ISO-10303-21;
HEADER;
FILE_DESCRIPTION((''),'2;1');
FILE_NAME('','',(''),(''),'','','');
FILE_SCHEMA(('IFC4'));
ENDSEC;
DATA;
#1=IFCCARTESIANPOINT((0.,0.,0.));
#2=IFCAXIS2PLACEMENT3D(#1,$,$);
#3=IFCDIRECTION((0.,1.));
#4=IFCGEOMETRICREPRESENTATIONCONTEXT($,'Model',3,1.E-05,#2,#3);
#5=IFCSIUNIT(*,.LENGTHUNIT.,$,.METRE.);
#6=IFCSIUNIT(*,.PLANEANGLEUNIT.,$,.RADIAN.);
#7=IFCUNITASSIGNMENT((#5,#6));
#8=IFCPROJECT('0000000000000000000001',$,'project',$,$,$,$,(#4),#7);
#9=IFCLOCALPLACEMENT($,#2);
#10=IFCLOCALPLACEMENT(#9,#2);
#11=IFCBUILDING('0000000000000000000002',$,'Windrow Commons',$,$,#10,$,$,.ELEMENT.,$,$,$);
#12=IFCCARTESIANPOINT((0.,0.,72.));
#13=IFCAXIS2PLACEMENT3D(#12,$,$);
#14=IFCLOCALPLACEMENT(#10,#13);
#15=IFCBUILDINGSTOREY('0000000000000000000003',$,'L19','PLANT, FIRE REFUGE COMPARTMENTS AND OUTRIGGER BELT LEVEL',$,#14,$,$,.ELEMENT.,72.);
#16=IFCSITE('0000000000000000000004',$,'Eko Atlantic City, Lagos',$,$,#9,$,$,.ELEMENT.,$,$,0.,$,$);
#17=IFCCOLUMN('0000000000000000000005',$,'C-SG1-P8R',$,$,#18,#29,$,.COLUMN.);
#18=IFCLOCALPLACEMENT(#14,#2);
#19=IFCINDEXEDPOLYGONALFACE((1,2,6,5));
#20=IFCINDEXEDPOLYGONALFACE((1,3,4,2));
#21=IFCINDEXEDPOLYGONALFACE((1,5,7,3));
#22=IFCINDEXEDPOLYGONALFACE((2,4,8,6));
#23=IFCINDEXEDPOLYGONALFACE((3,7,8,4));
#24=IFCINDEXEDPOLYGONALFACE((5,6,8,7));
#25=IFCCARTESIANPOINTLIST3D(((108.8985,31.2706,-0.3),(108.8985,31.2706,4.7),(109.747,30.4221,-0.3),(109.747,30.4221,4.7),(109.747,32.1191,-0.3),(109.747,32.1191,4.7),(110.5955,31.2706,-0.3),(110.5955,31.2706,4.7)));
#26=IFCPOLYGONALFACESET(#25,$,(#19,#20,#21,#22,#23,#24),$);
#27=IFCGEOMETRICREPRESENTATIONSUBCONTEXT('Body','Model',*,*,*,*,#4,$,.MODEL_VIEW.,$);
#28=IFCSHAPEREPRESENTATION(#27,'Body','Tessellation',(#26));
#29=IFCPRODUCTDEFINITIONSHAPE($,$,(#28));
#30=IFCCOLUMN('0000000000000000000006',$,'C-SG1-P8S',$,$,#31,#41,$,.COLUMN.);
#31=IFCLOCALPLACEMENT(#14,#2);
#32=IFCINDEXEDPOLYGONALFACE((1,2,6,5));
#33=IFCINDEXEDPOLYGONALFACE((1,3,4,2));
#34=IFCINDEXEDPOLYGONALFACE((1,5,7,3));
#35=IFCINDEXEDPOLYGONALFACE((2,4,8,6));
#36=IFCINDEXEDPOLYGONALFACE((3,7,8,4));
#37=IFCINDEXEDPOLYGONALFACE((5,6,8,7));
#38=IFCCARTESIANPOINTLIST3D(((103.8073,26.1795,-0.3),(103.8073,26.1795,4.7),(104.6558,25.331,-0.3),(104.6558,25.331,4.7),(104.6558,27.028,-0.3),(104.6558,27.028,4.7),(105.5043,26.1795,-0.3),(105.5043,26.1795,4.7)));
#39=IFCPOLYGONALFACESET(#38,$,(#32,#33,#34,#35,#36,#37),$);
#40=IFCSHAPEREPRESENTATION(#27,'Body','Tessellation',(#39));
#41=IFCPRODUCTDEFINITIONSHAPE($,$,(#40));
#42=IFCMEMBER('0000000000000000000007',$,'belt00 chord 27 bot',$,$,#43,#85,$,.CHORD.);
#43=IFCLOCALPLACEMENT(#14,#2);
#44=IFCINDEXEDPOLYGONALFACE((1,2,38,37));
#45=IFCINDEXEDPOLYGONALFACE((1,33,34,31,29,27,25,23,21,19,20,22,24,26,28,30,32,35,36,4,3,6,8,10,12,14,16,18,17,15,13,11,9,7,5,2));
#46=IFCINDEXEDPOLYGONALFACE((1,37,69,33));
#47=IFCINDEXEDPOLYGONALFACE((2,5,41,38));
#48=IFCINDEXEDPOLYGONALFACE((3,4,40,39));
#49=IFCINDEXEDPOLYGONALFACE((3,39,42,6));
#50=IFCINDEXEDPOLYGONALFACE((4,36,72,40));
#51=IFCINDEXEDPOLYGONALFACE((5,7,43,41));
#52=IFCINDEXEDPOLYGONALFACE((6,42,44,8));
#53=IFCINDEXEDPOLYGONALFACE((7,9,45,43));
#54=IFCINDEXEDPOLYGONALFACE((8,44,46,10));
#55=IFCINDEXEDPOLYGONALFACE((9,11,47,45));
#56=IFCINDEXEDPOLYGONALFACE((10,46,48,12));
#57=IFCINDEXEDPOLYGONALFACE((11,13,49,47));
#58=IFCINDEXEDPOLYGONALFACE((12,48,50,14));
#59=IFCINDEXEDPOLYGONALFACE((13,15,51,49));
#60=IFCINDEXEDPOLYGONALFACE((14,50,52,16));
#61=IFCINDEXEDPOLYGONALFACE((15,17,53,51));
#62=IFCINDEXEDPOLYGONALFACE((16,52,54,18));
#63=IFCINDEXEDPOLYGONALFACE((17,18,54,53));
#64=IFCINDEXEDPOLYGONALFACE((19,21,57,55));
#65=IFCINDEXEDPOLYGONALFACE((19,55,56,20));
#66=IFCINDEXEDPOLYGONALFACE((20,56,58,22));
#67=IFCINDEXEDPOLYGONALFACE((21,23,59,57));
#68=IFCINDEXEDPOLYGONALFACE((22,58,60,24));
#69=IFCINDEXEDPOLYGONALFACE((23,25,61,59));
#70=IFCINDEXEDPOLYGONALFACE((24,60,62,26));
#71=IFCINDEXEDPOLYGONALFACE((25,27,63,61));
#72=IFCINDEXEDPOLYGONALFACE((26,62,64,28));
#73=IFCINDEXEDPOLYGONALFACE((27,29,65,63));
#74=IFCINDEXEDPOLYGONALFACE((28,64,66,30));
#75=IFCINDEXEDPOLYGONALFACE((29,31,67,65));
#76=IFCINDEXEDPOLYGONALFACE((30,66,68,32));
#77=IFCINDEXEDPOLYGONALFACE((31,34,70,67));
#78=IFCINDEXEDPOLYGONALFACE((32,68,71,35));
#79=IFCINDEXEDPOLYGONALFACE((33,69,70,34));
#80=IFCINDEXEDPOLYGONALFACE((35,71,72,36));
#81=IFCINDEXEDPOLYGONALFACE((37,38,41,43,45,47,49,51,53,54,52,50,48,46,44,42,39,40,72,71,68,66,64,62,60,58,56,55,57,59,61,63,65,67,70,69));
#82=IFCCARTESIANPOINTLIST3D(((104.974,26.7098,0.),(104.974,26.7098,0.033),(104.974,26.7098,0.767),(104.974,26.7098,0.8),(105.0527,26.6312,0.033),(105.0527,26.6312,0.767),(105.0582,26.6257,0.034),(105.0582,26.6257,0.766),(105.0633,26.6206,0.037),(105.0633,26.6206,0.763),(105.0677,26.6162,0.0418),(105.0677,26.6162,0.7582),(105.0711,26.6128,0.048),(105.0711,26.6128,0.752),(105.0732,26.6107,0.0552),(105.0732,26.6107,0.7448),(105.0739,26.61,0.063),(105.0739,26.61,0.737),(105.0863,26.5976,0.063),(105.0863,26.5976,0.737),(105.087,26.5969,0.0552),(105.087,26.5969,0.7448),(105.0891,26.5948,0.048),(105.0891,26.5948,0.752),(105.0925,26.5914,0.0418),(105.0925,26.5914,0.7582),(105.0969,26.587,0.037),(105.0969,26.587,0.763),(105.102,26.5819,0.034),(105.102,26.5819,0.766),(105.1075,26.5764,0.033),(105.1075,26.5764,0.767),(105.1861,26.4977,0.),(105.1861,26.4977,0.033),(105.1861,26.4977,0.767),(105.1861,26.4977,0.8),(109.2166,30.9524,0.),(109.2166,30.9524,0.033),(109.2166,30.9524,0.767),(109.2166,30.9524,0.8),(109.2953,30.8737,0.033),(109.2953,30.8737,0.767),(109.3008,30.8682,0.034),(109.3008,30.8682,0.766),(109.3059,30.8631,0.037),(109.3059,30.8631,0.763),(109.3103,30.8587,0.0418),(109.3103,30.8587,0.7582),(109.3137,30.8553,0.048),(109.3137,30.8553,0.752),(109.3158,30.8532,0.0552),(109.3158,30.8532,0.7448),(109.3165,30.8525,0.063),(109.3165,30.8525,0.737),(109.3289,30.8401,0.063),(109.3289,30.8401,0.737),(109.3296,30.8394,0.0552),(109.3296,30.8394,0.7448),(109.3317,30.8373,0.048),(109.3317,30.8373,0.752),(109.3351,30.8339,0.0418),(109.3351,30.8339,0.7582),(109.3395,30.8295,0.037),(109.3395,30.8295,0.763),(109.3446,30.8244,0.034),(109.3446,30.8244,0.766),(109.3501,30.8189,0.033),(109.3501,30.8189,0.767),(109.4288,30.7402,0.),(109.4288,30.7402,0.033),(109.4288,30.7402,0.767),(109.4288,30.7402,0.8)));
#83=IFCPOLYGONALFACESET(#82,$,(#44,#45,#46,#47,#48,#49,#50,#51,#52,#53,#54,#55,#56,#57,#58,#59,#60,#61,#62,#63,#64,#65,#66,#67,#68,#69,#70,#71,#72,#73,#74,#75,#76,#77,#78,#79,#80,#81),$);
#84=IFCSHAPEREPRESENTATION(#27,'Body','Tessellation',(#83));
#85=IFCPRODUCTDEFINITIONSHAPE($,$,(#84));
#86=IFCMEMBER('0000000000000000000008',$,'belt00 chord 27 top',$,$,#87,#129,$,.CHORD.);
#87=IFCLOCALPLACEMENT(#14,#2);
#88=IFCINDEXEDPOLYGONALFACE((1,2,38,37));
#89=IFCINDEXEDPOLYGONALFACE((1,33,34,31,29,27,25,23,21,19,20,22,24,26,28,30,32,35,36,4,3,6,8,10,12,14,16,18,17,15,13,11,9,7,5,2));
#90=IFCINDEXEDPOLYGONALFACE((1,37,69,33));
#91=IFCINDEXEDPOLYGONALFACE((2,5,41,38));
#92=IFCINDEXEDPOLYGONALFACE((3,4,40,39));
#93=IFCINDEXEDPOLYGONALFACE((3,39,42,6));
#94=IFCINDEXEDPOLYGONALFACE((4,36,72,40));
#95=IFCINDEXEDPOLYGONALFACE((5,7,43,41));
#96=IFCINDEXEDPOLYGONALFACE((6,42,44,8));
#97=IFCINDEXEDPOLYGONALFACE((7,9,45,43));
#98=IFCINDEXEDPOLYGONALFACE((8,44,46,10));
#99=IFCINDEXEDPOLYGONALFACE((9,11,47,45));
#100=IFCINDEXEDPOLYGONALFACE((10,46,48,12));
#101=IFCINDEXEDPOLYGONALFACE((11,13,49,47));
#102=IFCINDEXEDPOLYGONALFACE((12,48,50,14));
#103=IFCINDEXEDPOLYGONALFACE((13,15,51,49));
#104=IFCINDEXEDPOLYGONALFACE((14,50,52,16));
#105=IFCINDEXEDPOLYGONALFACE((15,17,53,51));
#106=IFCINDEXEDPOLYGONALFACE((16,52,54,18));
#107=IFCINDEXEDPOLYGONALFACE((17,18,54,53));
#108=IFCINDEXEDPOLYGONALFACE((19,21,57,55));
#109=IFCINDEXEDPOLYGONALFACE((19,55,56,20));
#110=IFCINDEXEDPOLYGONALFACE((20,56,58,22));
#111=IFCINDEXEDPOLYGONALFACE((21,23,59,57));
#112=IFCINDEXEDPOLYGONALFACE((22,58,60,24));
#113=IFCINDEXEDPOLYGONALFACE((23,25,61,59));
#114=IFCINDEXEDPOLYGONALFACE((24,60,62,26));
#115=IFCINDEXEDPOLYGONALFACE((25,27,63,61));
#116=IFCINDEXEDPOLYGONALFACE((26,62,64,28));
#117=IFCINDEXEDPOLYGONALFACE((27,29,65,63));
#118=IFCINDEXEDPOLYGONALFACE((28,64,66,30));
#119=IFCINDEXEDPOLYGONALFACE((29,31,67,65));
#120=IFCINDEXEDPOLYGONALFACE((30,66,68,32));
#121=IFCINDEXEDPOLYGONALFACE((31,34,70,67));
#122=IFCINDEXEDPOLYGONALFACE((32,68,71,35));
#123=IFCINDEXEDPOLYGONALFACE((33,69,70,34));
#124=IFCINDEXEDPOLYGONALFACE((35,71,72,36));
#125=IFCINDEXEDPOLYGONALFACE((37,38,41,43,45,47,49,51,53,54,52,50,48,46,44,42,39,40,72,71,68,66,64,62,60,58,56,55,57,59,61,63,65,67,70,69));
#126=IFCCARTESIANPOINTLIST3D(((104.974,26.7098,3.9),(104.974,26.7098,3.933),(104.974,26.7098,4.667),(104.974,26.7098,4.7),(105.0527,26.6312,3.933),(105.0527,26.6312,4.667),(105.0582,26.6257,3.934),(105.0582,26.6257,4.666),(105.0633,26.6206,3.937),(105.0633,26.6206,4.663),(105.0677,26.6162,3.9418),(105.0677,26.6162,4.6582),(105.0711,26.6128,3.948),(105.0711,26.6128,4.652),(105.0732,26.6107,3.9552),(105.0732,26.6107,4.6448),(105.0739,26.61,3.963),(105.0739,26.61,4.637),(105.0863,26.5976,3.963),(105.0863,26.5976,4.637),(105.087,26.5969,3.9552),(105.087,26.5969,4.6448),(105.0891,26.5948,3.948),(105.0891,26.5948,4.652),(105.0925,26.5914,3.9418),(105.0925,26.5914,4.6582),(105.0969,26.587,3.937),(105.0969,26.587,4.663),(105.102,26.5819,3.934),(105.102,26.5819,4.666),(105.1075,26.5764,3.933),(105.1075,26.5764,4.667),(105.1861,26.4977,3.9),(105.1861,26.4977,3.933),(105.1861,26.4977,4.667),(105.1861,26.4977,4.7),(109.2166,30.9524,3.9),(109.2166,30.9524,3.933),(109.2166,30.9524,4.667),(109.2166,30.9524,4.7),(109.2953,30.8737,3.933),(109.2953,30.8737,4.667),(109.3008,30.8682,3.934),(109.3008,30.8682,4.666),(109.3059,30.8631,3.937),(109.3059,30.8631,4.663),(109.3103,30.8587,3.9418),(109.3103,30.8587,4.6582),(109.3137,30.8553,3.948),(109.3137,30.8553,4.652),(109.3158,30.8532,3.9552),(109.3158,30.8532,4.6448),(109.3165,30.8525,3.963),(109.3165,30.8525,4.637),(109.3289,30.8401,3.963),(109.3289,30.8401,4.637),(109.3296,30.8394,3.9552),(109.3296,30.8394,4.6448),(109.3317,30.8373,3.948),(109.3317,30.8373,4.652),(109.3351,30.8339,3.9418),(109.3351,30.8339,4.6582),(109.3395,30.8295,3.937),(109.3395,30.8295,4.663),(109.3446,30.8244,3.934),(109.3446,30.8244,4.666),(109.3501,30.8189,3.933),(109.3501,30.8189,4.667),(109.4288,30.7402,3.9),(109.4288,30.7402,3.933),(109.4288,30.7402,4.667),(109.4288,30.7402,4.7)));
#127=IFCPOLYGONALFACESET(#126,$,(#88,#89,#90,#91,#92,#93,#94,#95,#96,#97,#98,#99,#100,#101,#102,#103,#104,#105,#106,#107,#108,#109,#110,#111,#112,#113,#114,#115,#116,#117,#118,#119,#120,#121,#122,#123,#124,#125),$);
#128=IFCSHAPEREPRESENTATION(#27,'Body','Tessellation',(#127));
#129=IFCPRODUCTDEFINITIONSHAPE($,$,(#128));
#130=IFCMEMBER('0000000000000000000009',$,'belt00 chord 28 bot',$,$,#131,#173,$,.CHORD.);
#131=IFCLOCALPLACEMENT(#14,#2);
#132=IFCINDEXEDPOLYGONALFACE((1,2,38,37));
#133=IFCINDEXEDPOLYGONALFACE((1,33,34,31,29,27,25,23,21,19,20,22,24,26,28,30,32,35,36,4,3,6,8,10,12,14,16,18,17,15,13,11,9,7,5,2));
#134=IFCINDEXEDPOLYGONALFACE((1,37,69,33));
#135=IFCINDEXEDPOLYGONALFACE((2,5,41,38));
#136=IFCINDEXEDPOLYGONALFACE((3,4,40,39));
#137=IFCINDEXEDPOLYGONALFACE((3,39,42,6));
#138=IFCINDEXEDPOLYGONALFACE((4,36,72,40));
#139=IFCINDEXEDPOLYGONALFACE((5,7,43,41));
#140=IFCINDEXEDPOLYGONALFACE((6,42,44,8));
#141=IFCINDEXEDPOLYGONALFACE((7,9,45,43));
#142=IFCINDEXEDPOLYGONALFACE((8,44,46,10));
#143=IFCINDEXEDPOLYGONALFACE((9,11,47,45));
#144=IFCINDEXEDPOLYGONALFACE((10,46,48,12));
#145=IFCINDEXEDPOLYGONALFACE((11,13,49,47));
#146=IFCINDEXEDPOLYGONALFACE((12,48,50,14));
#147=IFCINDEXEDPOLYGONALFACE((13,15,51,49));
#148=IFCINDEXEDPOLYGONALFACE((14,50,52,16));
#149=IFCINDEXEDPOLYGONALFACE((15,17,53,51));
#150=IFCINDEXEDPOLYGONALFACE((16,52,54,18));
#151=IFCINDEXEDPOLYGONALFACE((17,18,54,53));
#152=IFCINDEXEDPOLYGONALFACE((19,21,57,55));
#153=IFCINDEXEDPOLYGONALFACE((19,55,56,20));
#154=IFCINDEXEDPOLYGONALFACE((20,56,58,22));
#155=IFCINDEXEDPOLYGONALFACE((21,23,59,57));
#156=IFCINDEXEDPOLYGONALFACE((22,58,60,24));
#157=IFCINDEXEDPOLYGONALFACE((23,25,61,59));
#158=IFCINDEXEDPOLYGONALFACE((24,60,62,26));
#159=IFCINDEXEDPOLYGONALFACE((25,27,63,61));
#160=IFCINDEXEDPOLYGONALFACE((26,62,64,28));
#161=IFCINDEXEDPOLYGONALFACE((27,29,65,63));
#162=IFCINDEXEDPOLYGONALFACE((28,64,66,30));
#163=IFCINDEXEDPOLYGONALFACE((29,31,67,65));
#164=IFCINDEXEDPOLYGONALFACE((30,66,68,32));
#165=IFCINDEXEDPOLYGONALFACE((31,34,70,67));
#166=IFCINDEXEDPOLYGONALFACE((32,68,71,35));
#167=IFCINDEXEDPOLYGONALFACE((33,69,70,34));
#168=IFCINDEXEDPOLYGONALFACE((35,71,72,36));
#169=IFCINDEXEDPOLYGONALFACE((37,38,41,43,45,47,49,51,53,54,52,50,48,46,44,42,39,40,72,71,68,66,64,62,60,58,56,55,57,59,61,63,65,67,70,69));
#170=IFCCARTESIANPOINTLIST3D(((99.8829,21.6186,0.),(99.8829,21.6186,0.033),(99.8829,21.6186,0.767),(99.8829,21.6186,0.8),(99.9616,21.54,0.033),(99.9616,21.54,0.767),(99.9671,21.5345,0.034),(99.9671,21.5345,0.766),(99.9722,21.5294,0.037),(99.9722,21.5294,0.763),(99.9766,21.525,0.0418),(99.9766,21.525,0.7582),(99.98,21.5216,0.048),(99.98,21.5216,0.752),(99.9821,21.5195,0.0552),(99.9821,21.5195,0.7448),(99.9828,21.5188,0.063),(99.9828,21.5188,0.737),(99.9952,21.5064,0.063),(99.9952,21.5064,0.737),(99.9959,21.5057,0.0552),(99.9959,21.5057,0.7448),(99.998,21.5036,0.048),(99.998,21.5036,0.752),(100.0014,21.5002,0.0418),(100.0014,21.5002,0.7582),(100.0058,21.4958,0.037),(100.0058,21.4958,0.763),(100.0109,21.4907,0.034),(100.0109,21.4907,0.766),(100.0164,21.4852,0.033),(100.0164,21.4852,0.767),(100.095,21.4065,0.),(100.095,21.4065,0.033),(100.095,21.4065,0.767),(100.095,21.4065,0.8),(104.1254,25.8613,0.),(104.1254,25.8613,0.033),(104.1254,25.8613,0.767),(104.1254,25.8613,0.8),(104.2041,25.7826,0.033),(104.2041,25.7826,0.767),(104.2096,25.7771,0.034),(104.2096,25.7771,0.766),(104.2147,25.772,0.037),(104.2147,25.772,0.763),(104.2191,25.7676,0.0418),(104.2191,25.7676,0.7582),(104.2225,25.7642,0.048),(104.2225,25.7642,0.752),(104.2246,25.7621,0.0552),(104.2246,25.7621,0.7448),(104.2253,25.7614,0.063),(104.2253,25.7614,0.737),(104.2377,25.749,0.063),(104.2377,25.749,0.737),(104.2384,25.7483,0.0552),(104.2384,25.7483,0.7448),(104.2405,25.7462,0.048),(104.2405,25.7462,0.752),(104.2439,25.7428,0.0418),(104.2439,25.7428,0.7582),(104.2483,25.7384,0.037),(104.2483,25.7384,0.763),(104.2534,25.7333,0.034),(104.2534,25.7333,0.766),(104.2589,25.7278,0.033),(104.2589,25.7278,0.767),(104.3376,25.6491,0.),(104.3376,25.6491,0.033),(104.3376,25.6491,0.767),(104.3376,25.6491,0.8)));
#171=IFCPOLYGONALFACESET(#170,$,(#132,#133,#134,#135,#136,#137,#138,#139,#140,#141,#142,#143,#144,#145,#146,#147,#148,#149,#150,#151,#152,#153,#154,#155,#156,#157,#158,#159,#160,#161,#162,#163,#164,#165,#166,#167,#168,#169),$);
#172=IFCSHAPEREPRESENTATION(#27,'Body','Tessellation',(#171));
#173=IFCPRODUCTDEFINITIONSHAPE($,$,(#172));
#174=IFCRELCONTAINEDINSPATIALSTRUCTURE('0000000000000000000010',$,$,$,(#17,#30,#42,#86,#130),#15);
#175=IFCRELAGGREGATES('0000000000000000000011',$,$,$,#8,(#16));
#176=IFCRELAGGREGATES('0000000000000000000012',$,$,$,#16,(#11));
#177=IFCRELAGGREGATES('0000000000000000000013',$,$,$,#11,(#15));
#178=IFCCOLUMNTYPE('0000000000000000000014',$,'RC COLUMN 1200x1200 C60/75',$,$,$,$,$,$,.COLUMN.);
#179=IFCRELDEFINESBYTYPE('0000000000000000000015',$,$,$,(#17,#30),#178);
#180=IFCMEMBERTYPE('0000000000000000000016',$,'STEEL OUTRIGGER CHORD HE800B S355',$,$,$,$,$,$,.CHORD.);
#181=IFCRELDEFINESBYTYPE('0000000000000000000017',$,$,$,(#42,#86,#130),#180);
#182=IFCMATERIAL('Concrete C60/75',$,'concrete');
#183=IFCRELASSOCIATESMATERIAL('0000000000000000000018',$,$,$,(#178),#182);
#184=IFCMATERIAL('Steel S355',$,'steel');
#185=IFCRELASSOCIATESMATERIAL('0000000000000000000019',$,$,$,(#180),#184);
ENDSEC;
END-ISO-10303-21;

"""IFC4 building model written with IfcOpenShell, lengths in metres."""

from ifc_helpers import new_model, si_unit, direction, frame, origin, origin_2d, place, context, subcontext, project, spatial, rectangle, i_section, extrude, material, material_profile, profile_set, type_object, element, save


model = new_model("IFC4")

# Units and contexts
model_context = context("Model", 3, precision=1e-05, world=origin(), true_north=direction((0.0, 1.0)))
body_context = subcontext(model_context, "Body", "Model", "MODEL_VIEW")
ifc_project = project(units=[si_unit("LENGTHUNIT", "METRE"), si_unit("PLANEANGLEUNIT", "RADIAN")], contexts=[model_context])

# Site, building, storey
site_placement = place(None, origin())
site = spatial("IfcSite", under=ifc_project, at=site_placement, Name="Eko Atlantic City, Lagos", CompositionType="ELEMENT", RefElevation=0.0)
building_placement = place(site_placement, origin())
building = spatial("IfcBuilding", under=site, at=building_placement, Name="Windrow Commons", CompositionType="ELEMENT")
storey_placement = place(building_placement, frame((0.0, 0.0, 72.0)))
storey = spatial("IfcBuildingStorey", under=building, at=storey_placement, Name="L19", Description="PLANT, FIRE REFUGE COMPARTMENTS AND OUTRIGGER BELT LEVEL", CompositionType="ELEMENT", Elevation=72.0)

# Columns
ifc_material_1 = material(Name="Concrete C60/75", Category="concrete")
ifc_material_profile_1 = material_profile(ifc_material_1, rectangle(XDim=1.2, YDim=1.2, at=origin_2d()))
ifc_profile_set_1 = profile_set([ifc_material_profile_1], Name="Concrete C60/75")
column_type = type_object("IfcColumnType", Name="RC COLUMN 1200x1200 C60/75", PredefinedType="COLUMN", material=ifc_profile_set_1)
for number, where, z_axis, x_axis, name in (
    (1, (109.747, 31.2706, -0.3), (0.0, 0.0, 1.0), (0.707107, -0.707107, 0.0), "C-SG1-P8R"),
    (2, (104.6558, 26.1795, -0.3), (0.0, 0.0, 1.0), (0.707107, -0.707107, 0.0), "C-SG1-P8S"),
):
    element("IfcColumn", number, at=place(storey_placement, frame(where, z_axis=z_axis, x_axis=x_axis)), inside=storey, type_object=column_type, Name=name, PredefinedType="COLUMN", context=body_context, shape_type="SweptSolid", body=[
        extrude(rectangle(XDim=1.2, YDim=1.2, at=origin_2d()), origin(), (0.0, 0.0, 1.0), 5.0),
    ])

# Members
ifc_material_2 = material(Name="Steel S355", Category="steel")
ifc_material_profile_2 = material_profile(ifc_material_2, i_section(OverallWidth=0.3, OverallDepth=0.8, WebThickness=0.0175, FlangeThickness=0.033, FilletRadius=0.03, at=origin_2d()))
ifc_profile_set_2 = profile_set([ifc_material_profile_2], Name="Steel S355")
member_type_1 = type_object("IfcMemberType", Name="STEEL OUTRIGGER CHORD HE800B S355", PredefinedType="CHORD", material=ifc_profile_set_2)
for number, where, z_axis, x_axis, name in (
    (3, (109.3227, 30.8463, 0.4), (-0.707115, -0.707098, 0.0), (0.707098, -0.707115, 0.0), "belt00 chord 27 bot"),
    (4, (109.3227, 30.8463, 4.3), (-0.707115, -0.707098, 0.0), (0.707098, -0.707115, 0.0), "belt00 chord 27 top"),
    (5, (104.2315, 25.7552, 0.4), (-0.707098, -0.707115, 0.0), (0.707115, -0.707098, 0.0), "belt00 chord 28 bot"),
):
    element("IfcMember", number, at=place(storey_placement, frame(where, z_axis=z_axis, x_axis=x_axis)), inside=storey, type_object=member_type_1, Name=name, PredefinedType="CHORD", context=body_context, shape_type="SweptSolid", body=[
        extrude(i_section(OverallWidth=0.3, OverallDepth=0.8, WebThickness=0.0175, FlangeThickness=0.033, FilletRadius=0.03, at=origin_2d()), origin(), (0.0, 0.0, 1.0), 5.9999),
    ])

save(model, "model.ifc")
